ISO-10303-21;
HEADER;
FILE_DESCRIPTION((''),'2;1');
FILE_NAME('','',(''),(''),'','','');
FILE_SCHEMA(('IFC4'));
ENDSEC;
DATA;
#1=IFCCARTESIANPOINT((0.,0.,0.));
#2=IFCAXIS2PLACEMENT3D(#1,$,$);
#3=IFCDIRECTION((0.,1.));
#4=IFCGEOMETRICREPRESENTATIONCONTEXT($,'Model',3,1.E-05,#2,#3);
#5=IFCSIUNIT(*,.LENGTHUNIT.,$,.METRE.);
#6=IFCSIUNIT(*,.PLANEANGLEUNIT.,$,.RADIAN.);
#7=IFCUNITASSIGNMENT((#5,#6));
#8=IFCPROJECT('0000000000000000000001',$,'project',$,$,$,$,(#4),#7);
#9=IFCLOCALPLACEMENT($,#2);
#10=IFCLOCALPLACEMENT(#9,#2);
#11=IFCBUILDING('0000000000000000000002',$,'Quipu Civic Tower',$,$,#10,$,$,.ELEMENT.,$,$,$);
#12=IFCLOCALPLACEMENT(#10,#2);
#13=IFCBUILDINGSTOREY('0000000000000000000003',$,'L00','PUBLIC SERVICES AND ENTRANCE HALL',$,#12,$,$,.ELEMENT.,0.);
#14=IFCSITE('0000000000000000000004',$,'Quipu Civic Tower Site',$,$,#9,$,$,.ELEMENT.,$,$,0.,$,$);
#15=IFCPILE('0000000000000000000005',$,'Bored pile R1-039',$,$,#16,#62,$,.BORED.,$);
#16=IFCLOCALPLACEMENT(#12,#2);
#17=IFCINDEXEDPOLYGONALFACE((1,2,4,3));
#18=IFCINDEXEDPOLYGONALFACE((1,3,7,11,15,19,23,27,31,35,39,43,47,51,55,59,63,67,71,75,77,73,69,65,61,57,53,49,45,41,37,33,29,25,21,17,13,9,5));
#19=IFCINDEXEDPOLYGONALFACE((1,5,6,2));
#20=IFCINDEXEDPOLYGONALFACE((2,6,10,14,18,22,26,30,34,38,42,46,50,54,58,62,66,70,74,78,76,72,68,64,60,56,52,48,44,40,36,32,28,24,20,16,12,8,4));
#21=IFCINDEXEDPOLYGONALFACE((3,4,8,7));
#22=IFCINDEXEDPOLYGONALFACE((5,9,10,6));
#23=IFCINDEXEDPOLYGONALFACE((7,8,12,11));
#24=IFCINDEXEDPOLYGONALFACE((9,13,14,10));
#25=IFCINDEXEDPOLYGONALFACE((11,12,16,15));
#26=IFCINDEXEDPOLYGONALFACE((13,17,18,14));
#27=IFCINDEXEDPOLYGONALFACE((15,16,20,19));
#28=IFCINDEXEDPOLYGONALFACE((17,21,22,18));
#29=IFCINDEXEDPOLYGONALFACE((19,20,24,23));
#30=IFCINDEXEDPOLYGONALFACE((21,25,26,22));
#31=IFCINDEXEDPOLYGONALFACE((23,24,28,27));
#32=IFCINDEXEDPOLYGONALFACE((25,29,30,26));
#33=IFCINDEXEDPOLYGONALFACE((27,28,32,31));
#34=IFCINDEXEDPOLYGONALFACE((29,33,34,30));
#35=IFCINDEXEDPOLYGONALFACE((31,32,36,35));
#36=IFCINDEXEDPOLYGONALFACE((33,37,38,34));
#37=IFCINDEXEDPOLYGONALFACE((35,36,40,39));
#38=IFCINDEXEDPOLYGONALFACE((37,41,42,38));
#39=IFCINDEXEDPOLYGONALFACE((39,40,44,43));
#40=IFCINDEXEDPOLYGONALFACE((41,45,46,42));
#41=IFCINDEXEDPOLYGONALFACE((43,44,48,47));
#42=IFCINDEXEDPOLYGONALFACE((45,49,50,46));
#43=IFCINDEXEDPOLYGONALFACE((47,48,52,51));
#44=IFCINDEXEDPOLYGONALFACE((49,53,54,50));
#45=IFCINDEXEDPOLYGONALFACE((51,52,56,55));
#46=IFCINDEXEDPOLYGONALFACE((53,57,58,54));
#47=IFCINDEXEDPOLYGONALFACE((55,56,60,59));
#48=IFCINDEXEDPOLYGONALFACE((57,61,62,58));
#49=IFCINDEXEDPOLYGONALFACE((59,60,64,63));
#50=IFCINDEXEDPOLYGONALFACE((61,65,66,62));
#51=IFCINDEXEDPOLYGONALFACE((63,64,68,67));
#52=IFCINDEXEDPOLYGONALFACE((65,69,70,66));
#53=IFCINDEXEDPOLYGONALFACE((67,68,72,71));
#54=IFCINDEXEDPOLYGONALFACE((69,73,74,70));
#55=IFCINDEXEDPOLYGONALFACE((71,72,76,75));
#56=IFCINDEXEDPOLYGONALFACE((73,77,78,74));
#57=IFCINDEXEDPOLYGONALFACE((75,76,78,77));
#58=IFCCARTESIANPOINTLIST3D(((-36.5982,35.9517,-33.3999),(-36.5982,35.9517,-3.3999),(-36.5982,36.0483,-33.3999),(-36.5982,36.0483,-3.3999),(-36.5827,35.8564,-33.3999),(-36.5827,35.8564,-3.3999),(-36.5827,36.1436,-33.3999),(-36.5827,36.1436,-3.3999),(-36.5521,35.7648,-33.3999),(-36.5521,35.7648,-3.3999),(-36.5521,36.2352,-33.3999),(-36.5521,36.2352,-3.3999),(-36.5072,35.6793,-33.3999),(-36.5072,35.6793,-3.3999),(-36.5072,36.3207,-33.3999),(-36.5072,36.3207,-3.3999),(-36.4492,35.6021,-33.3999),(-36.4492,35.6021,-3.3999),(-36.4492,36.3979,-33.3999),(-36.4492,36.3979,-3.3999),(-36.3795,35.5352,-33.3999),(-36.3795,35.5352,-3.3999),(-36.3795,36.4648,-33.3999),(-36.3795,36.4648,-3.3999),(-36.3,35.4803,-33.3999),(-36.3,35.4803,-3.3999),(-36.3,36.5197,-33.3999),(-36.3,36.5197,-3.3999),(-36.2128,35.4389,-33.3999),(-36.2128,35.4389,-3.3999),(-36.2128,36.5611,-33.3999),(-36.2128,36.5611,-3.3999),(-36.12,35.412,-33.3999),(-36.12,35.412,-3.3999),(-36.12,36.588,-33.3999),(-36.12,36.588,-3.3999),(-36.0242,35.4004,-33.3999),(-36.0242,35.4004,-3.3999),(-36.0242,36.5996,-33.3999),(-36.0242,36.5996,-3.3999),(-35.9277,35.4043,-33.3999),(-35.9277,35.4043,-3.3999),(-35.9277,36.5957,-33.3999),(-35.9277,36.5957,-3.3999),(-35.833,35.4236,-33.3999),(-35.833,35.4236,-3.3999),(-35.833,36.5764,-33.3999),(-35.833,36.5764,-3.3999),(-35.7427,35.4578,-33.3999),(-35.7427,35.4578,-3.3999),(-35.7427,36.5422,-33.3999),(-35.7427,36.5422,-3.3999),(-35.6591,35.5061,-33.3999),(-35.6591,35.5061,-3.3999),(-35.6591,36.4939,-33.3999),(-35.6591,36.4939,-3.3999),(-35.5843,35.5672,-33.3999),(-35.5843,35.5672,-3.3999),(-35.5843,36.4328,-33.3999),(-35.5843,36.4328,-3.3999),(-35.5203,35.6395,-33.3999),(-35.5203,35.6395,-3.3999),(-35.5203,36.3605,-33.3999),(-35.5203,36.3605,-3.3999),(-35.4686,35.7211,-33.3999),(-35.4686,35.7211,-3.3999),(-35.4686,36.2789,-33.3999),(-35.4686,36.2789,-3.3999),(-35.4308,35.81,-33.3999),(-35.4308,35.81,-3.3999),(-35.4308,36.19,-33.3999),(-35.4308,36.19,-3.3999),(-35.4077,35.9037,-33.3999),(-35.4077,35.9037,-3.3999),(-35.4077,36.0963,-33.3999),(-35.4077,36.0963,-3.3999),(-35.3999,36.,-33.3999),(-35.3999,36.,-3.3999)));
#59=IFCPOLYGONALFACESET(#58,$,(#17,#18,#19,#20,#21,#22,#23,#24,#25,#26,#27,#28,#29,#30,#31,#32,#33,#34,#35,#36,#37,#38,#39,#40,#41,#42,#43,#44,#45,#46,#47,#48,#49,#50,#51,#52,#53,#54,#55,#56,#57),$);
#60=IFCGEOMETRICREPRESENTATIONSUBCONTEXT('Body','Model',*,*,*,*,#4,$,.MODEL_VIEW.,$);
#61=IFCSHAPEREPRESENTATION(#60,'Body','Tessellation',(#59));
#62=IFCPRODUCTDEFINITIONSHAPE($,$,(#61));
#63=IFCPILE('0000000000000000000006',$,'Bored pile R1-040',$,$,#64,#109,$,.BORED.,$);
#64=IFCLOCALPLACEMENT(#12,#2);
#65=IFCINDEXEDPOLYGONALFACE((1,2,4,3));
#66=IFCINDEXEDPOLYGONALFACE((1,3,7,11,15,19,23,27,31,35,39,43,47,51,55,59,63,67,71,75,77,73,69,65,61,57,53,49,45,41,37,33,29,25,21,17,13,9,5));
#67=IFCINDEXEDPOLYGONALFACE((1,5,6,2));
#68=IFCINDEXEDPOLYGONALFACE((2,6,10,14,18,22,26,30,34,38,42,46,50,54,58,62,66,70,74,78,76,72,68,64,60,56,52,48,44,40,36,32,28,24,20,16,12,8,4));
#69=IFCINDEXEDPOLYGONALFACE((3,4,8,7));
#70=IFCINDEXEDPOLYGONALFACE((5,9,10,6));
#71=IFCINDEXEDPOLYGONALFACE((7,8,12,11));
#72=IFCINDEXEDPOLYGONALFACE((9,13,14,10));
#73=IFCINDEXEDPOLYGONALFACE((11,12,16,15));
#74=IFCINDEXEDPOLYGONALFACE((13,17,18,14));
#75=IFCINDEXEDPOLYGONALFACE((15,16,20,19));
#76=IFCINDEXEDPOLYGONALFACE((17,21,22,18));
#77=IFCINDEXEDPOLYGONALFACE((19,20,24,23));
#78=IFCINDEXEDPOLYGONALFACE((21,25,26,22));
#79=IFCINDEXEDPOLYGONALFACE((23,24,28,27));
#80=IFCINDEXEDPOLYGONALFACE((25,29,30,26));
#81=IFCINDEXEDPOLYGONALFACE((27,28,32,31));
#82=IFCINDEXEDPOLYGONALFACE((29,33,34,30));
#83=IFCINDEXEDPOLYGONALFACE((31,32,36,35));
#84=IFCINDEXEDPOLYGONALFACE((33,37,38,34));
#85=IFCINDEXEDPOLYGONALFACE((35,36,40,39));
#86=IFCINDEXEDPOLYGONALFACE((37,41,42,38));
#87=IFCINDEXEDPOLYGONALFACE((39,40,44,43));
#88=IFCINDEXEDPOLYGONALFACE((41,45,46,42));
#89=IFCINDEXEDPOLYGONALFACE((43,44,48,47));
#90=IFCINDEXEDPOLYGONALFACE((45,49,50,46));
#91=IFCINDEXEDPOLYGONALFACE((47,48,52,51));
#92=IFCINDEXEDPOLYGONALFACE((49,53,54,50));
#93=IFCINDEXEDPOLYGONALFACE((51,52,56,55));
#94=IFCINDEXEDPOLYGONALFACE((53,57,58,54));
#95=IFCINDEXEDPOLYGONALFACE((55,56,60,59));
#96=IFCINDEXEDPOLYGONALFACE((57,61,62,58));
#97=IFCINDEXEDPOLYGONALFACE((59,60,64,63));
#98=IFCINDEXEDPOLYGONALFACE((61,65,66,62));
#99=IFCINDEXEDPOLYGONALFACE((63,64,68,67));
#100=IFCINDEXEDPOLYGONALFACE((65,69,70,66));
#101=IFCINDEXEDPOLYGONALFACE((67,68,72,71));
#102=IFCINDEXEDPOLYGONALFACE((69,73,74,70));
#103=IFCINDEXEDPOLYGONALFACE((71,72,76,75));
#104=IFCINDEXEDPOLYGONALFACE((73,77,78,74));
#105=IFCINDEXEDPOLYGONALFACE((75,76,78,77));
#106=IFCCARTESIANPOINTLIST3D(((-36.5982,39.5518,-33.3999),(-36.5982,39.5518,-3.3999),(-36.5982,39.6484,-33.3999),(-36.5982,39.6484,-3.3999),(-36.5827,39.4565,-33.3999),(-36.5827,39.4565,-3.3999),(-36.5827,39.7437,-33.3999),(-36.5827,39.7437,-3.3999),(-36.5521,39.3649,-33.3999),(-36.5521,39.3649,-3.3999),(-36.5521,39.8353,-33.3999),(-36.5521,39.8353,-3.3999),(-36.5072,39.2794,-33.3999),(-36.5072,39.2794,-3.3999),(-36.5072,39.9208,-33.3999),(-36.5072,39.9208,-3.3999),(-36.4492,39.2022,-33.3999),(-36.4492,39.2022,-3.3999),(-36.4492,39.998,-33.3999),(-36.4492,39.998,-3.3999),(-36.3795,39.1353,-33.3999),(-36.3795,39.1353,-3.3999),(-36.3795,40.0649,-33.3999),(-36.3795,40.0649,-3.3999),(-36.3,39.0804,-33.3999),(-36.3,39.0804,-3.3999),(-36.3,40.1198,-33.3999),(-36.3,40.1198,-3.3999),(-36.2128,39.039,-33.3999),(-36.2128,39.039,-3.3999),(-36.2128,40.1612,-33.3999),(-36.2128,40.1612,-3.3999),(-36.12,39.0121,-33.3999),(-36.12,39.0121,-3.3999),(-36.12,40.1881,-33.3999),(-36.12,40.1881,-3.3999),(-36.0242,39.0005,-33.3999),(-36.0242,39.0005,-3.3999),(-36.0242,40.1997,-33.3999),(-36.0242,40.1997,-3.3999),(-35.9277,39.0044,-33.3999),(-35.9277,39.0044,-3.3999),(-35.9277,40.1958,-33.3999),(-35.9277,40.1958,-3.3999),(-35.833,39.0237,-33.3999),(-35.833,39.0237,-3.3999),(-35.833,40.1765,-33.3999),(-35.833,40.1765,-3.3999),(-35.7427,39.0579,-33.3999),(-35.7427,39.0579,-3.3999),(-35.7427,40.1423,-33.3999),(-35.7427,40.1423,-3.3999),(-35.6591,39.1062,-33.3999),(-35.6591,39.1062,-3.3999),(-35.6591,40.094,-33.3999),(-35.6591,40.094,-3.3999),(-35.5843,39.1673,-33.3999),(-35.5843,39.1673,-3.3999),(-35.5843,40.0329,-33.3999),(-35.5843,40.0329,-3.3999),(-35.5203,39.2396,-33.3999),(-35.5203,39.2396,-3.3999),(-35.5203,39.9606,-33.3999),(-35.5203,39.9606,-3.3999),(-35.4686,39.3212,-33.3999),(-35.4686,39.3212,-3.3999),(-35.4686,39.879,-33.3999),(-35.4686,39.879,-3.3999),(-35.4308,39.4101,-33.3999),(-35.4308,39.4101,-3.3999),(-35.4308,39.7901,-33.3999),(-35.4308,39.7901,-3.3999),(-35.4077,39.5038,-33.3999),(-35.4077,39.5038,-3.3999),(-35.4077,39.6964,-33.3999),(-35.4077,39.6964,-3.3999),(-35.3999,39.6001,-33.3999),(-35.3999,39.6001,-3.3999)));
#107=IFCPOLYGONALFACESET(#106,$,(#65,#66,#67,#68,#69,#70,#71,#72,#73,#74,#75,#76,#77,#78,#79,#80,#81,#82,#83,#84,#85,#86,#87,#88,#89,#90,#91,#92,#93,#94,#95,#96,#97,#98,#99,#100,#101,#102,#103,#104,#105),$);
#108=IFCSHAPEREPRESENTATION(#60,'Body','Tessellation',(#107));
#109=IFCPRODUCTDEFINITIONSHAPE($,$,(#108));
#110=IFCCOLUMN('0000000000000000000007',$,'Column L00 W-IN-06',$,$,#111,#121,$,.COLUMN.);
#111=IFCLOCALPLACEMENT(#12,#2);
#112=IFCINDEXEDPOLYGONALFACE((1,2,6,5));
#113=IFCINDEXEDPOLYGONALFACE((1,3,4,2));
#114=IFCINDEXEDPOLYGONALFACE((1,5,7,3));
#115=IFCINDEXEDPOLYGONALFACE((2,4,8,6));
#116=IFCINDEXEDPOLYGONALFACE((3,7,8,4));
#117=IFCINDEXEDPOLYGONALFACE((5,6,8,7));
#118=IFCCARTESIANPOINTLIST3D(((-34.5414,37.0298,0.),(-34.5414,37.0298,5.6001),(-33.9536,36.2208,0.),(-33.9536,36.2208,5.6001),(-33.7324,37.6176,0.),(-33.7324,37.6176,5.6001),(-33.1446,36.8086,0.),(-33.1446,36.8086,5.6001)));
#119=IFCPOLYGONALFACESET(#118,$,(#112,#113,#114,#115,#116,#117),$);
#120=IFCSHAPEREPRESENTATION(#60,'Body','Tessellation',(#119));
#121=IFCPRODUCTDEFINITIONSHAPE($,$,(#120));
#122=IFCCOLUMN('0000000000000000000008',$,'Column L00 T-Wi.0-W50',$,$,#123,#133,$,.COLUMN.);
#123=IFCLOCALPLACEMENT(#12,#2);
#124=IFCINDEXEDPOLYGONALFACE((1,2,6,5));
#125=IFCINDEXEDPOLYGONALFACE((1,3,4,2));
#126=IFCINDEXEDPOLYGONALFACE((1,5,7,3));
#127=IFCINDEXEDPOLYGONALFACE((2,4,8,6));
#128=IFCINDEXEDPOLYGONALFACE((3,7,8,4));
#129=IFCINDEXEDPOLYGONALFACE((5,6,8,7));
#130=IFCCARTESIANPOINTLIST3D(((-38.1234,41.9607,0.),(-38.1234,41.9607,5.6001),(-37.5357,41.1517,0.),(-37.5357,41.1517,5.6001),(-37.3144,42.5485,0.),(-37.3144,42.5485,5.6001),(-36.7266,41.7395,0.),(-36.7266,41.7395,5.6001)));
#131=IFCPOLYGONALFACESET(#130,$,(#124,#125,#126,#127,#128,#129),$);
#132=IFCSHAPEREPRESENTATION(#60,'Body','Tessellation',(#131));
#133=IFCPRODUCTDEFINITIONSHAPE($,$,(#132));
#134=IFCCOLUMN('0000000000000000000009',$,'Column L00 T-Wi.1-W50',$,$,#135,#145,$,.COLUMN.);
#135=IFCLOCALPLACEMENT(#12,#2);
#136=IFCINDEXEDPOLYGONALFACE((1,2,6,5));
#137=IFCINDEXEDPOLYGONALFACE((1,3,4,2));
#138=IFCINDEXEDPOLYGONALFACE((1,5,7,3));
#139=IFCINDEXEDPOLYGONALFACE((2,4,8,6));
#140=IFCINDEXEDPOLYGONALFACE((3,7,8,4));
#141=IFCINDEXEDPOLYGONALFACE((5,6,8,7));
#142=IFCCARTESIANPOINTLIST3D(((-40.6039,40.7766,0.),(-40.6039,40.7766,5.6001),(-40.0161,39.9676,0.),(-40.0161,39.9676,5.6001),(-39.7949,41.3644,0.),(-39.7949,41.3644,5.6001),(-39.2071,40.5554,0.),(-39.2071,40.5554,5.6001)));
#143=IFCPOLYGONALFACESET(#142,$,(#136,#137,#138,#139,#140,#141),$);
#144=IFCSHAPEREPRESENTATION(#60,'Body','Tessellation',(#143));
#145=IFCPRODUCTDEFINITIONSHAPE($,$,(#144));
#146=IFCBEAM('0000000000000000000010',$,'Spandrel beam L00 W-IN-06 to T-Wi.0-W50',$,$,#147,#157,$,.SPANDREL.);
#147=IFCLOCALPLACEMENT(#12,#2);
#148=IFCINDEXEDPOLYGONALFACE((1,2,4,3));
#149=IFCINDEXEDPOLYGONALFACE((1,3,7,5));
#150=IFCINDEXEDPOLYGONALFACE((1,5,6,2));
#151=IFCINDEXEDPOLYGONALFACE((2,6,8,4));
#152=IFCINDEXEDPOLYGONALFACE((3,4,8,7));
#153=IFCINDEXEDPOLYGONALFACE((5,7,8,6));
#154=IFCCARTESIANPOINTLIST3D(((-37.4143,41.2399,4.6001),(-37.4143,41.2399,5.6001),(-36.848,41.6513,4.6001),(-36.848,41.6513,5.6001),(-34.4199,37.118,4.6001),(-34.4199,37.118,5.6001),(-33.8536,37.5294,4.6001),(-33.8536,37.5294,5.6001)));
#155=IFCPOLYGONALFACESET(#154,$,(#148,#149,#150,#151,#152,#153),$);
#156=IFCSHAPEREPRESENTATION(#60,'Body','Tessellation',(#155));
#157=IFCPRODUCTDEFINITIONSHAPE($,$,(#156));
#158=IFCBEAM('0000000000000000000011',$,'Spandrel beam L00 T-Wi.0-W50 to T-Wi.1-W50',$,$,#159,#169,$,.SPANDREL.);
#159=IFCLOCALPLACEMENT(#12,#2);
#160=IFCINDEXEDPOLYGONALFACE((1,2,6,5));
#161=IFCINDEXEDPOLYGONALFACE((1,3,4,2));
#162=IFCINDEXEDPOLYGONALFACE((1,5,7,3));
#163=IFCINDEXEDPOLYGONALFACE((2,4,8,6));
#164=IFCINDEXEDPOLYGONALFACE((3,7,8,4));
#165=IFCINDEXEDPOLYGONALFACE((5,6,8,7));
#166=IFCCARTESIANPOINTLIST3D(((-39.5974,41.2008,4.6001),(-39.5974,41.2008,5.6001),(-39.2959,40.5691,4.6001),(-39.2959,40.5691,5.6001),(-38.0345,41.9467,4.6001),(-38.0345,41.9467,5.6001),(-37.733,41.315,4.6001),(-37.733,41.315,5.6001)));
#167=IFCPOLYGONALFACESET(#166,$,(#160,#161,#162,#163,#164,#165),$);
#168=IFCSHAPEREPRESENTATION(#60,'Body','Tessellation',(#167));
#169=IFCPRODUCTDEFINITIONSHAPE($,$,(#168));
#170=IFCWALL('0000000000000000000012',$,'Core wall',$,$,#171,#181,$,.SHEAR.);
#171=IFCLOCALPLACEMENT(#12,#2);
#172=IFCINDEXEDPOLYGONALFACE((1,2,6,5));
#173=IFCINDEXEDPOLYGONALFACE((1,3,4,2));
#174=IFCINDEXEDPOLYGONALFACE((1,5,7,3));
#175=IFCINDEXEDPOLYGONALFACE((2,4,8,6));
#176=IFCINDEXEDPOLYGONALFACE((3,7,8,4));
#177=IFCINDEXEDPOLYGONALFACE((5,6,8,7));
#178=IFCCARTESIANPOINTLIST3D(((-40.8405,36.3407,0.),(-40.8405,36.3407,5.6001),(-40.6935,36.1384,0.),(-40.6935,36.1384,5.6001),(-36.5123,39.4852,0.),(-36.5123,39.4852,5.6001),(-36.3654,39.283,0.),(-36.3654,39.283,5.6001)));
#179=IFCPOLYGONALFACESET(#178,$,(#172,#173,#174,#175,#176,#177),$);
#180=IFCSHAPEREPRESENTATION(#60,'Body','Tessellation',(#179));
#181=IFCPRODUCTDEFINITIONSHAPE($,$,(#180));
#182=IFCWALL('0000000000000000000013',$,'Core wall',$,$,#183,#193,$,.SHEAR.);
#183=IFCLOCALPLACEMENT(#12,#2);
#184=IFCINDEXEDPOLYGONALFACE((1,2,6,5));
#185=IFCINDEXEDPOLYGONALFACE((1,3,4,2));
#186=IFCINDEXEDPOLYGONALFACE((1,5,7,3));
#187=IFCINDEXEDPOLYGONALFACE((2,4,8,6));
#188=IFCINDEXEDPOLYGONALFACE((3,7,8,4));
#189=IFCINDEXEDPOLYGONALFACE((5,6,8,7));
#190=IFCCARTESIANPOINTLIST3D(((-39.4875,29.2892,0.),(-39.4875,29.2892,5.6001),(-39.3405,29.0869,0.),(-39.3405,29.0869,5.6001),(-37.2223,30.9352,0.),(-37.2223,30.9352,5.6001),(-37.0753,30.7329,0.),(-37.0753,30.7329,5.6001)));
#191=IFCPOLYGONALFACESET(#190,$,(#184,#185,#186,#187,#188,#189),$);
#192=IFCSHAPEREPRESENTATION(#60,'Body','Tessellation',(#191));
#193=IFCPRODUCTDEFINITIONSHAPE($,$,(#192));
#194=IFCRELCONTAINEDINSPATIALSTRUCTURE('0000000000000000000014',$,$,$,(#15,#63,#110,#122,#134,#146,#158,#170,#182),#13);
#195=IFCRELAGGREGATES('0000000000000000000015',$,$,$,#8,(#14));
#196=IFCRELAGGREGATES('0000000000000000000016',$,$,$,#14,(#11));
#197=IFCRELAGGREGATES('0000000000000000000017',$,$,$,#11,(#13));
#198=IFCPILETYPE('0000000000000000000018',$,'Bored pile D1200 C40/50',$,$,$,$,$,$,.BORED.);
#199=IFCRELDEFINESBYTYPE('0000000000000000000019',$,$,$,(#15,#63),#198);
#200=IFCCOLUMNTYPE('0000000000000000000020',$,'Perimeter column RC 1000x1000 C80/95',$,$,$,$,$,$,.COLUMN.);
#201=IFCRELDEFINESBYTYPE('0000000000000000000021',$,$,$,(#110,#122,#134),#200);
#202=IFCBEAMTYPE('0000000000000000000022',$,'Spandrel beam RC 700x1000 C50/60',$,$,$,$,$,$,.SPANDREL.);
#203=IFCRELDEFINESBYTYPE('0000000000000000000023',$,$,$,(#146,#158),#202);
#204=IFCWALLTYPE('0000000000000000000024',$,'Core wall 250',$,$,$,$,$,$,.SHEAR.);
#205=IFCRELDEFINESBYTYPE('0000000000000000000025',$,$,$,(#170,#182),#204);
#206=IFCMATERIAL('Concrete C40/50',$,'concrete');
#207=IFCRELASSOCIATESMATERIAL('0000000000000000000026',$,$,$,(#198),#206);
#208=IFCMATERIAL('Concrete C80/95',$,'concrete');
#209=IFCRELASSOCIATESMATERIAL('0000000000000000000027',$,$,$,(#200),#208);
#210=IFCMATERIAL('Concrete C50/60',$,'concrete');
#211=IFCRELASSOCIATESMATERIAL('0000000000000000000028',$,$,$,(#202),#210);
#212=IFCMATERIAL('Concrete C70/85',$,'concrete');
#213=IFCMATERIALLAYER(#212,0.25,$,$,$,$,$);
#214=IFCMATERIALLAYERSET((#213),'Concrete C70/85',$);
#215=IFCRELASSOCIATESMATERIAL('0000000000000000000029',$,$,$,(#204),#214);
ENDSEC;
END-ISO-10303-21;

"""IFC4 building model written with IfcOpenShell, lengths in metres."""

from ifc_helpers import new_model, si_unit, direction, frame, frame_2d, origin, origin_2d, place, context, subcontext, project, spatial, rectangle, circle, extrude, material, layer, layer_set, material_profile, profile_set, type_object, element, save


model = new_model("IFC4")

# Units and contexts
model_context = context("Model", 3, precision=1e-05, world=origin(), true_north=direction((0.0, 1.0)))
body_context = subcontext(model_context, "Body", "Model", "MODEL_VIEW")
ifc_project = project(units=[si_unit("LENGTHUNIT", "METRE"), si_unit("PLANEANGLEUNIT", "RADIAN")], contexts=[model_context])

# Site, building, storey
site_placement = place(None, origin())
site = spatial("IfcSite", under=ifc_project, at=site_placement, Name="Quipu Civic Tower Site", CompositionType="ELEMENT", RefElevation=0.0)
building_placement = place(site_placement, origin())
building = spatial("IfcBuilding", under=site, at=building_placement, Name="Quipu Civic Tower", CompositionType="ELEMENT")
storey_placement = place(building_placement, origin())
storey = spatial("IfcBuildingStorey", under=building, at=storey_placement, Name="L00", Description="PUBLIC SERVICES AND ENTRANCE HALL", CompositionType="ELEMENT", Elevation=0.0)

# Piles
ifc_material_1 = material(Name="Concrete C40/50", Category="concrete")
ifc_material_profile_1 = material_profile(ifc_material_1, circle(Radius=0.6001, at=origin_2d()), Name="RCD1200")
ifc_profile_set_1 = profile_set([ifc_material_profile_1], Name="Concrete C40/50")
pile_type = type_object("IfcPileType", Name="Bored pile D1200 C40/50", PredefinedType="BORED", material=ifc_profile_set_1)
for number, where, z_axis, x_axis, name in (
    (1, (-36.0, 36.0, -3.3999), (0.0, 0.0, -1.0), (1.0, 0.0, 0.0), "Bored pile R1-039"),
    (2, (-36.0, 39.6001, -3.3999), (0.0, 0.0, -1.0), (1.0, 0.0, 0.0), "Bored pile R1-040"),
):
    element("IfcPile", number, at=place(storey_placement, frame(where, z_axis=z_axis, x_axis=x_axis)), inside=storey, type_object=pile_type, Name=name, PredefinedType="BORED", context=body_context, shape_type="SweptSolid", body=[
        extrude(circle(Radius=0.6001, at=origin_2d()), origin(), (0.0, 0.0, 1.0), 30.0),
    ])

# Columns
ifc_material_2 = material(Name="Concrete C80/95", Category="concrete")
ifc_material_profile_2 = material_profile(ifc_material_2, rectangle(XDim=1.0, YDim=1.0, at=origin_2d()), Name="RC1000x1000")
ifc_profile_set_2 = profile_set([ifc_material_profile_2], Name="Concrete C80/95")
column_type = type_object("IfcColumnType", Name="Perimeter column RC 1000x1000 C80/95", PredefinedType="COLUMN", material=ifc_profile_set_2)
for number, where, z_axis, x_axis, name in (
    (3, (-33.843, 36.9192, 0.0), (0.0, 0.0, 1.0), (-0.587785, 0.809017, 0.0), "Column L00 W-IN-06"),
    (4, (-37.425, 41.8501, 0.0), (0.0, 0.0, 1.0), (-0.587785, 0.809017, 0.0), "Column L00 T-Wi.0-W50"),
    (5, (-39.9055, 40.666, 0.0), (0.0, 0.0, 1.0), (-0.587785, 0.809017, 0.0), "Column L00 T-Wi.1-W50"),
):
    element("IfcColumn", number, at=place(storey_placement, frame(where, z_axis=z_axis, x_axis=x_axis)), inside=storey, type_object=column_type, Name=name, PredefinedType="COLUMN", context=body_context, shape_type="SweptSolid", body=[
        extrude(rectangle(XDim=1.0, YDim=1.0, at=origin_2d()), origin(), (0.0, 0.0, 1.0), 5.6001),
    ])

# Beams
ifc_material_3 = material(Name="Concrete C50/60", Category="concrete")
ifc_material_profile_3 = material_profile(ifc_material_3, rectangle(XDim=0.7, YDim=1.0, at=origin_2d()), Name="RC700x1000")
ifc_profile_set_3 = profile_set([ifc_material_profile_3], Name="Concrete C50/60")
beam_type = type_object("IfcBeamType", Name="Spandrel beam RC 700x1000 C50/60", PredefinedType="SPANDREL", material=ifc_profile_set_3)
beam_1_placement = place(storey_placement, frame((-34.1367, 37.3237, 5.1001), z_axis=(-0.587747, 0.809045, 0.0), x_axis=(-0.809045, -0.587747, 0.0)))
element("IfcBeam", 6, at=beam_1_placement, inside=storey, type_object=beam_type, Name="Spandrel beam L00 W-IN-06 to T-Wi.0-W50", PredefinedType="SPANDREL", context=body_context, shape_type="SweptSolid", body=[
    extrude(rectangle(XDim=0.7, YDim=1.0, at=origin_2d()), origin(), (0.0, 0.0, 1.0), 5.0947),
])
beam_2_placement = place(storey_placement, frame((-37.8838, 41.6309, 5.1001), z_axis=(-0.902482, -0.430727, 0.0), x_axis=(0.430727, -0.902482, 0.0)))
element("IfcBeam", 7, at=beam_2_placement, inside=storey, type_object=beam_type, Name="Spandrel beam L00 T-Wi.0-W50 to T-Wi.1-W50", PredefinedType="SPANDREL", context=body_context, shape_type="SweptSolid", body=[
    extrude(rectangle(XDim=0.7, YDim=1.0, at=origin_2d()), origin(), (0.0, 0.0, 1.0), 1.7317),
])

# Walls
ifc_material_4 = material(Name="Concrete C70/85", Category="concrete")
ifc_layer_1 = layer(ifc_material_4, 0.25)
ifc_layer_set_1 = layer_set([ifc_layer_1], Name="Concrete C70/85")
wall_type_1 = type_object("IfcWallType", Name="Core wall 250", PredefinedType="SHEAR", material=ifc_layer_set_1)
wall_1_placement = place(storey_placement, frame((-36.439, 39.384, 0.0), z_axis=(0.0, 0.0, 1.0), x_axis=(-0.80902, -0.587781, 0.0)))
element("IfcWall", 8, at=wall_1_placement, inside=storey, type_object=wall_type_1, Name="Core wall", PredefinedType="SHEAR", context=body_context, shape_type="SweptSolid", body=[
    extrude(rectangle(XDim=5.3499, YDim=0.25, at=frame_2d((2.6748, 0.0))), origin(), (0.0, 0.0, 1.0), 5.6001),
])
wall_2_placement = place(storey_placement, frame((-37.1489, 30.834, 0.0), z_axis=(0.0, 0.0, 1.0), x_axis=(-0.80897, -0.58785, 0.0)))
element("IfcWall", 9, at=wall_2_placement, inside=storey, type_object=wall_type_1, Name="Core wall", PredefinedType="SHEAR", context=body_context, shape_type="SweptSolid", body=[
    extrude(rectangle(XDim=2.8, YDim=0.25, at=frame_2d((1.3999, 0.0))), origin(), (0.0, 0.0, 1.0), 5.6001),
])

save(model, "model.ifc")
